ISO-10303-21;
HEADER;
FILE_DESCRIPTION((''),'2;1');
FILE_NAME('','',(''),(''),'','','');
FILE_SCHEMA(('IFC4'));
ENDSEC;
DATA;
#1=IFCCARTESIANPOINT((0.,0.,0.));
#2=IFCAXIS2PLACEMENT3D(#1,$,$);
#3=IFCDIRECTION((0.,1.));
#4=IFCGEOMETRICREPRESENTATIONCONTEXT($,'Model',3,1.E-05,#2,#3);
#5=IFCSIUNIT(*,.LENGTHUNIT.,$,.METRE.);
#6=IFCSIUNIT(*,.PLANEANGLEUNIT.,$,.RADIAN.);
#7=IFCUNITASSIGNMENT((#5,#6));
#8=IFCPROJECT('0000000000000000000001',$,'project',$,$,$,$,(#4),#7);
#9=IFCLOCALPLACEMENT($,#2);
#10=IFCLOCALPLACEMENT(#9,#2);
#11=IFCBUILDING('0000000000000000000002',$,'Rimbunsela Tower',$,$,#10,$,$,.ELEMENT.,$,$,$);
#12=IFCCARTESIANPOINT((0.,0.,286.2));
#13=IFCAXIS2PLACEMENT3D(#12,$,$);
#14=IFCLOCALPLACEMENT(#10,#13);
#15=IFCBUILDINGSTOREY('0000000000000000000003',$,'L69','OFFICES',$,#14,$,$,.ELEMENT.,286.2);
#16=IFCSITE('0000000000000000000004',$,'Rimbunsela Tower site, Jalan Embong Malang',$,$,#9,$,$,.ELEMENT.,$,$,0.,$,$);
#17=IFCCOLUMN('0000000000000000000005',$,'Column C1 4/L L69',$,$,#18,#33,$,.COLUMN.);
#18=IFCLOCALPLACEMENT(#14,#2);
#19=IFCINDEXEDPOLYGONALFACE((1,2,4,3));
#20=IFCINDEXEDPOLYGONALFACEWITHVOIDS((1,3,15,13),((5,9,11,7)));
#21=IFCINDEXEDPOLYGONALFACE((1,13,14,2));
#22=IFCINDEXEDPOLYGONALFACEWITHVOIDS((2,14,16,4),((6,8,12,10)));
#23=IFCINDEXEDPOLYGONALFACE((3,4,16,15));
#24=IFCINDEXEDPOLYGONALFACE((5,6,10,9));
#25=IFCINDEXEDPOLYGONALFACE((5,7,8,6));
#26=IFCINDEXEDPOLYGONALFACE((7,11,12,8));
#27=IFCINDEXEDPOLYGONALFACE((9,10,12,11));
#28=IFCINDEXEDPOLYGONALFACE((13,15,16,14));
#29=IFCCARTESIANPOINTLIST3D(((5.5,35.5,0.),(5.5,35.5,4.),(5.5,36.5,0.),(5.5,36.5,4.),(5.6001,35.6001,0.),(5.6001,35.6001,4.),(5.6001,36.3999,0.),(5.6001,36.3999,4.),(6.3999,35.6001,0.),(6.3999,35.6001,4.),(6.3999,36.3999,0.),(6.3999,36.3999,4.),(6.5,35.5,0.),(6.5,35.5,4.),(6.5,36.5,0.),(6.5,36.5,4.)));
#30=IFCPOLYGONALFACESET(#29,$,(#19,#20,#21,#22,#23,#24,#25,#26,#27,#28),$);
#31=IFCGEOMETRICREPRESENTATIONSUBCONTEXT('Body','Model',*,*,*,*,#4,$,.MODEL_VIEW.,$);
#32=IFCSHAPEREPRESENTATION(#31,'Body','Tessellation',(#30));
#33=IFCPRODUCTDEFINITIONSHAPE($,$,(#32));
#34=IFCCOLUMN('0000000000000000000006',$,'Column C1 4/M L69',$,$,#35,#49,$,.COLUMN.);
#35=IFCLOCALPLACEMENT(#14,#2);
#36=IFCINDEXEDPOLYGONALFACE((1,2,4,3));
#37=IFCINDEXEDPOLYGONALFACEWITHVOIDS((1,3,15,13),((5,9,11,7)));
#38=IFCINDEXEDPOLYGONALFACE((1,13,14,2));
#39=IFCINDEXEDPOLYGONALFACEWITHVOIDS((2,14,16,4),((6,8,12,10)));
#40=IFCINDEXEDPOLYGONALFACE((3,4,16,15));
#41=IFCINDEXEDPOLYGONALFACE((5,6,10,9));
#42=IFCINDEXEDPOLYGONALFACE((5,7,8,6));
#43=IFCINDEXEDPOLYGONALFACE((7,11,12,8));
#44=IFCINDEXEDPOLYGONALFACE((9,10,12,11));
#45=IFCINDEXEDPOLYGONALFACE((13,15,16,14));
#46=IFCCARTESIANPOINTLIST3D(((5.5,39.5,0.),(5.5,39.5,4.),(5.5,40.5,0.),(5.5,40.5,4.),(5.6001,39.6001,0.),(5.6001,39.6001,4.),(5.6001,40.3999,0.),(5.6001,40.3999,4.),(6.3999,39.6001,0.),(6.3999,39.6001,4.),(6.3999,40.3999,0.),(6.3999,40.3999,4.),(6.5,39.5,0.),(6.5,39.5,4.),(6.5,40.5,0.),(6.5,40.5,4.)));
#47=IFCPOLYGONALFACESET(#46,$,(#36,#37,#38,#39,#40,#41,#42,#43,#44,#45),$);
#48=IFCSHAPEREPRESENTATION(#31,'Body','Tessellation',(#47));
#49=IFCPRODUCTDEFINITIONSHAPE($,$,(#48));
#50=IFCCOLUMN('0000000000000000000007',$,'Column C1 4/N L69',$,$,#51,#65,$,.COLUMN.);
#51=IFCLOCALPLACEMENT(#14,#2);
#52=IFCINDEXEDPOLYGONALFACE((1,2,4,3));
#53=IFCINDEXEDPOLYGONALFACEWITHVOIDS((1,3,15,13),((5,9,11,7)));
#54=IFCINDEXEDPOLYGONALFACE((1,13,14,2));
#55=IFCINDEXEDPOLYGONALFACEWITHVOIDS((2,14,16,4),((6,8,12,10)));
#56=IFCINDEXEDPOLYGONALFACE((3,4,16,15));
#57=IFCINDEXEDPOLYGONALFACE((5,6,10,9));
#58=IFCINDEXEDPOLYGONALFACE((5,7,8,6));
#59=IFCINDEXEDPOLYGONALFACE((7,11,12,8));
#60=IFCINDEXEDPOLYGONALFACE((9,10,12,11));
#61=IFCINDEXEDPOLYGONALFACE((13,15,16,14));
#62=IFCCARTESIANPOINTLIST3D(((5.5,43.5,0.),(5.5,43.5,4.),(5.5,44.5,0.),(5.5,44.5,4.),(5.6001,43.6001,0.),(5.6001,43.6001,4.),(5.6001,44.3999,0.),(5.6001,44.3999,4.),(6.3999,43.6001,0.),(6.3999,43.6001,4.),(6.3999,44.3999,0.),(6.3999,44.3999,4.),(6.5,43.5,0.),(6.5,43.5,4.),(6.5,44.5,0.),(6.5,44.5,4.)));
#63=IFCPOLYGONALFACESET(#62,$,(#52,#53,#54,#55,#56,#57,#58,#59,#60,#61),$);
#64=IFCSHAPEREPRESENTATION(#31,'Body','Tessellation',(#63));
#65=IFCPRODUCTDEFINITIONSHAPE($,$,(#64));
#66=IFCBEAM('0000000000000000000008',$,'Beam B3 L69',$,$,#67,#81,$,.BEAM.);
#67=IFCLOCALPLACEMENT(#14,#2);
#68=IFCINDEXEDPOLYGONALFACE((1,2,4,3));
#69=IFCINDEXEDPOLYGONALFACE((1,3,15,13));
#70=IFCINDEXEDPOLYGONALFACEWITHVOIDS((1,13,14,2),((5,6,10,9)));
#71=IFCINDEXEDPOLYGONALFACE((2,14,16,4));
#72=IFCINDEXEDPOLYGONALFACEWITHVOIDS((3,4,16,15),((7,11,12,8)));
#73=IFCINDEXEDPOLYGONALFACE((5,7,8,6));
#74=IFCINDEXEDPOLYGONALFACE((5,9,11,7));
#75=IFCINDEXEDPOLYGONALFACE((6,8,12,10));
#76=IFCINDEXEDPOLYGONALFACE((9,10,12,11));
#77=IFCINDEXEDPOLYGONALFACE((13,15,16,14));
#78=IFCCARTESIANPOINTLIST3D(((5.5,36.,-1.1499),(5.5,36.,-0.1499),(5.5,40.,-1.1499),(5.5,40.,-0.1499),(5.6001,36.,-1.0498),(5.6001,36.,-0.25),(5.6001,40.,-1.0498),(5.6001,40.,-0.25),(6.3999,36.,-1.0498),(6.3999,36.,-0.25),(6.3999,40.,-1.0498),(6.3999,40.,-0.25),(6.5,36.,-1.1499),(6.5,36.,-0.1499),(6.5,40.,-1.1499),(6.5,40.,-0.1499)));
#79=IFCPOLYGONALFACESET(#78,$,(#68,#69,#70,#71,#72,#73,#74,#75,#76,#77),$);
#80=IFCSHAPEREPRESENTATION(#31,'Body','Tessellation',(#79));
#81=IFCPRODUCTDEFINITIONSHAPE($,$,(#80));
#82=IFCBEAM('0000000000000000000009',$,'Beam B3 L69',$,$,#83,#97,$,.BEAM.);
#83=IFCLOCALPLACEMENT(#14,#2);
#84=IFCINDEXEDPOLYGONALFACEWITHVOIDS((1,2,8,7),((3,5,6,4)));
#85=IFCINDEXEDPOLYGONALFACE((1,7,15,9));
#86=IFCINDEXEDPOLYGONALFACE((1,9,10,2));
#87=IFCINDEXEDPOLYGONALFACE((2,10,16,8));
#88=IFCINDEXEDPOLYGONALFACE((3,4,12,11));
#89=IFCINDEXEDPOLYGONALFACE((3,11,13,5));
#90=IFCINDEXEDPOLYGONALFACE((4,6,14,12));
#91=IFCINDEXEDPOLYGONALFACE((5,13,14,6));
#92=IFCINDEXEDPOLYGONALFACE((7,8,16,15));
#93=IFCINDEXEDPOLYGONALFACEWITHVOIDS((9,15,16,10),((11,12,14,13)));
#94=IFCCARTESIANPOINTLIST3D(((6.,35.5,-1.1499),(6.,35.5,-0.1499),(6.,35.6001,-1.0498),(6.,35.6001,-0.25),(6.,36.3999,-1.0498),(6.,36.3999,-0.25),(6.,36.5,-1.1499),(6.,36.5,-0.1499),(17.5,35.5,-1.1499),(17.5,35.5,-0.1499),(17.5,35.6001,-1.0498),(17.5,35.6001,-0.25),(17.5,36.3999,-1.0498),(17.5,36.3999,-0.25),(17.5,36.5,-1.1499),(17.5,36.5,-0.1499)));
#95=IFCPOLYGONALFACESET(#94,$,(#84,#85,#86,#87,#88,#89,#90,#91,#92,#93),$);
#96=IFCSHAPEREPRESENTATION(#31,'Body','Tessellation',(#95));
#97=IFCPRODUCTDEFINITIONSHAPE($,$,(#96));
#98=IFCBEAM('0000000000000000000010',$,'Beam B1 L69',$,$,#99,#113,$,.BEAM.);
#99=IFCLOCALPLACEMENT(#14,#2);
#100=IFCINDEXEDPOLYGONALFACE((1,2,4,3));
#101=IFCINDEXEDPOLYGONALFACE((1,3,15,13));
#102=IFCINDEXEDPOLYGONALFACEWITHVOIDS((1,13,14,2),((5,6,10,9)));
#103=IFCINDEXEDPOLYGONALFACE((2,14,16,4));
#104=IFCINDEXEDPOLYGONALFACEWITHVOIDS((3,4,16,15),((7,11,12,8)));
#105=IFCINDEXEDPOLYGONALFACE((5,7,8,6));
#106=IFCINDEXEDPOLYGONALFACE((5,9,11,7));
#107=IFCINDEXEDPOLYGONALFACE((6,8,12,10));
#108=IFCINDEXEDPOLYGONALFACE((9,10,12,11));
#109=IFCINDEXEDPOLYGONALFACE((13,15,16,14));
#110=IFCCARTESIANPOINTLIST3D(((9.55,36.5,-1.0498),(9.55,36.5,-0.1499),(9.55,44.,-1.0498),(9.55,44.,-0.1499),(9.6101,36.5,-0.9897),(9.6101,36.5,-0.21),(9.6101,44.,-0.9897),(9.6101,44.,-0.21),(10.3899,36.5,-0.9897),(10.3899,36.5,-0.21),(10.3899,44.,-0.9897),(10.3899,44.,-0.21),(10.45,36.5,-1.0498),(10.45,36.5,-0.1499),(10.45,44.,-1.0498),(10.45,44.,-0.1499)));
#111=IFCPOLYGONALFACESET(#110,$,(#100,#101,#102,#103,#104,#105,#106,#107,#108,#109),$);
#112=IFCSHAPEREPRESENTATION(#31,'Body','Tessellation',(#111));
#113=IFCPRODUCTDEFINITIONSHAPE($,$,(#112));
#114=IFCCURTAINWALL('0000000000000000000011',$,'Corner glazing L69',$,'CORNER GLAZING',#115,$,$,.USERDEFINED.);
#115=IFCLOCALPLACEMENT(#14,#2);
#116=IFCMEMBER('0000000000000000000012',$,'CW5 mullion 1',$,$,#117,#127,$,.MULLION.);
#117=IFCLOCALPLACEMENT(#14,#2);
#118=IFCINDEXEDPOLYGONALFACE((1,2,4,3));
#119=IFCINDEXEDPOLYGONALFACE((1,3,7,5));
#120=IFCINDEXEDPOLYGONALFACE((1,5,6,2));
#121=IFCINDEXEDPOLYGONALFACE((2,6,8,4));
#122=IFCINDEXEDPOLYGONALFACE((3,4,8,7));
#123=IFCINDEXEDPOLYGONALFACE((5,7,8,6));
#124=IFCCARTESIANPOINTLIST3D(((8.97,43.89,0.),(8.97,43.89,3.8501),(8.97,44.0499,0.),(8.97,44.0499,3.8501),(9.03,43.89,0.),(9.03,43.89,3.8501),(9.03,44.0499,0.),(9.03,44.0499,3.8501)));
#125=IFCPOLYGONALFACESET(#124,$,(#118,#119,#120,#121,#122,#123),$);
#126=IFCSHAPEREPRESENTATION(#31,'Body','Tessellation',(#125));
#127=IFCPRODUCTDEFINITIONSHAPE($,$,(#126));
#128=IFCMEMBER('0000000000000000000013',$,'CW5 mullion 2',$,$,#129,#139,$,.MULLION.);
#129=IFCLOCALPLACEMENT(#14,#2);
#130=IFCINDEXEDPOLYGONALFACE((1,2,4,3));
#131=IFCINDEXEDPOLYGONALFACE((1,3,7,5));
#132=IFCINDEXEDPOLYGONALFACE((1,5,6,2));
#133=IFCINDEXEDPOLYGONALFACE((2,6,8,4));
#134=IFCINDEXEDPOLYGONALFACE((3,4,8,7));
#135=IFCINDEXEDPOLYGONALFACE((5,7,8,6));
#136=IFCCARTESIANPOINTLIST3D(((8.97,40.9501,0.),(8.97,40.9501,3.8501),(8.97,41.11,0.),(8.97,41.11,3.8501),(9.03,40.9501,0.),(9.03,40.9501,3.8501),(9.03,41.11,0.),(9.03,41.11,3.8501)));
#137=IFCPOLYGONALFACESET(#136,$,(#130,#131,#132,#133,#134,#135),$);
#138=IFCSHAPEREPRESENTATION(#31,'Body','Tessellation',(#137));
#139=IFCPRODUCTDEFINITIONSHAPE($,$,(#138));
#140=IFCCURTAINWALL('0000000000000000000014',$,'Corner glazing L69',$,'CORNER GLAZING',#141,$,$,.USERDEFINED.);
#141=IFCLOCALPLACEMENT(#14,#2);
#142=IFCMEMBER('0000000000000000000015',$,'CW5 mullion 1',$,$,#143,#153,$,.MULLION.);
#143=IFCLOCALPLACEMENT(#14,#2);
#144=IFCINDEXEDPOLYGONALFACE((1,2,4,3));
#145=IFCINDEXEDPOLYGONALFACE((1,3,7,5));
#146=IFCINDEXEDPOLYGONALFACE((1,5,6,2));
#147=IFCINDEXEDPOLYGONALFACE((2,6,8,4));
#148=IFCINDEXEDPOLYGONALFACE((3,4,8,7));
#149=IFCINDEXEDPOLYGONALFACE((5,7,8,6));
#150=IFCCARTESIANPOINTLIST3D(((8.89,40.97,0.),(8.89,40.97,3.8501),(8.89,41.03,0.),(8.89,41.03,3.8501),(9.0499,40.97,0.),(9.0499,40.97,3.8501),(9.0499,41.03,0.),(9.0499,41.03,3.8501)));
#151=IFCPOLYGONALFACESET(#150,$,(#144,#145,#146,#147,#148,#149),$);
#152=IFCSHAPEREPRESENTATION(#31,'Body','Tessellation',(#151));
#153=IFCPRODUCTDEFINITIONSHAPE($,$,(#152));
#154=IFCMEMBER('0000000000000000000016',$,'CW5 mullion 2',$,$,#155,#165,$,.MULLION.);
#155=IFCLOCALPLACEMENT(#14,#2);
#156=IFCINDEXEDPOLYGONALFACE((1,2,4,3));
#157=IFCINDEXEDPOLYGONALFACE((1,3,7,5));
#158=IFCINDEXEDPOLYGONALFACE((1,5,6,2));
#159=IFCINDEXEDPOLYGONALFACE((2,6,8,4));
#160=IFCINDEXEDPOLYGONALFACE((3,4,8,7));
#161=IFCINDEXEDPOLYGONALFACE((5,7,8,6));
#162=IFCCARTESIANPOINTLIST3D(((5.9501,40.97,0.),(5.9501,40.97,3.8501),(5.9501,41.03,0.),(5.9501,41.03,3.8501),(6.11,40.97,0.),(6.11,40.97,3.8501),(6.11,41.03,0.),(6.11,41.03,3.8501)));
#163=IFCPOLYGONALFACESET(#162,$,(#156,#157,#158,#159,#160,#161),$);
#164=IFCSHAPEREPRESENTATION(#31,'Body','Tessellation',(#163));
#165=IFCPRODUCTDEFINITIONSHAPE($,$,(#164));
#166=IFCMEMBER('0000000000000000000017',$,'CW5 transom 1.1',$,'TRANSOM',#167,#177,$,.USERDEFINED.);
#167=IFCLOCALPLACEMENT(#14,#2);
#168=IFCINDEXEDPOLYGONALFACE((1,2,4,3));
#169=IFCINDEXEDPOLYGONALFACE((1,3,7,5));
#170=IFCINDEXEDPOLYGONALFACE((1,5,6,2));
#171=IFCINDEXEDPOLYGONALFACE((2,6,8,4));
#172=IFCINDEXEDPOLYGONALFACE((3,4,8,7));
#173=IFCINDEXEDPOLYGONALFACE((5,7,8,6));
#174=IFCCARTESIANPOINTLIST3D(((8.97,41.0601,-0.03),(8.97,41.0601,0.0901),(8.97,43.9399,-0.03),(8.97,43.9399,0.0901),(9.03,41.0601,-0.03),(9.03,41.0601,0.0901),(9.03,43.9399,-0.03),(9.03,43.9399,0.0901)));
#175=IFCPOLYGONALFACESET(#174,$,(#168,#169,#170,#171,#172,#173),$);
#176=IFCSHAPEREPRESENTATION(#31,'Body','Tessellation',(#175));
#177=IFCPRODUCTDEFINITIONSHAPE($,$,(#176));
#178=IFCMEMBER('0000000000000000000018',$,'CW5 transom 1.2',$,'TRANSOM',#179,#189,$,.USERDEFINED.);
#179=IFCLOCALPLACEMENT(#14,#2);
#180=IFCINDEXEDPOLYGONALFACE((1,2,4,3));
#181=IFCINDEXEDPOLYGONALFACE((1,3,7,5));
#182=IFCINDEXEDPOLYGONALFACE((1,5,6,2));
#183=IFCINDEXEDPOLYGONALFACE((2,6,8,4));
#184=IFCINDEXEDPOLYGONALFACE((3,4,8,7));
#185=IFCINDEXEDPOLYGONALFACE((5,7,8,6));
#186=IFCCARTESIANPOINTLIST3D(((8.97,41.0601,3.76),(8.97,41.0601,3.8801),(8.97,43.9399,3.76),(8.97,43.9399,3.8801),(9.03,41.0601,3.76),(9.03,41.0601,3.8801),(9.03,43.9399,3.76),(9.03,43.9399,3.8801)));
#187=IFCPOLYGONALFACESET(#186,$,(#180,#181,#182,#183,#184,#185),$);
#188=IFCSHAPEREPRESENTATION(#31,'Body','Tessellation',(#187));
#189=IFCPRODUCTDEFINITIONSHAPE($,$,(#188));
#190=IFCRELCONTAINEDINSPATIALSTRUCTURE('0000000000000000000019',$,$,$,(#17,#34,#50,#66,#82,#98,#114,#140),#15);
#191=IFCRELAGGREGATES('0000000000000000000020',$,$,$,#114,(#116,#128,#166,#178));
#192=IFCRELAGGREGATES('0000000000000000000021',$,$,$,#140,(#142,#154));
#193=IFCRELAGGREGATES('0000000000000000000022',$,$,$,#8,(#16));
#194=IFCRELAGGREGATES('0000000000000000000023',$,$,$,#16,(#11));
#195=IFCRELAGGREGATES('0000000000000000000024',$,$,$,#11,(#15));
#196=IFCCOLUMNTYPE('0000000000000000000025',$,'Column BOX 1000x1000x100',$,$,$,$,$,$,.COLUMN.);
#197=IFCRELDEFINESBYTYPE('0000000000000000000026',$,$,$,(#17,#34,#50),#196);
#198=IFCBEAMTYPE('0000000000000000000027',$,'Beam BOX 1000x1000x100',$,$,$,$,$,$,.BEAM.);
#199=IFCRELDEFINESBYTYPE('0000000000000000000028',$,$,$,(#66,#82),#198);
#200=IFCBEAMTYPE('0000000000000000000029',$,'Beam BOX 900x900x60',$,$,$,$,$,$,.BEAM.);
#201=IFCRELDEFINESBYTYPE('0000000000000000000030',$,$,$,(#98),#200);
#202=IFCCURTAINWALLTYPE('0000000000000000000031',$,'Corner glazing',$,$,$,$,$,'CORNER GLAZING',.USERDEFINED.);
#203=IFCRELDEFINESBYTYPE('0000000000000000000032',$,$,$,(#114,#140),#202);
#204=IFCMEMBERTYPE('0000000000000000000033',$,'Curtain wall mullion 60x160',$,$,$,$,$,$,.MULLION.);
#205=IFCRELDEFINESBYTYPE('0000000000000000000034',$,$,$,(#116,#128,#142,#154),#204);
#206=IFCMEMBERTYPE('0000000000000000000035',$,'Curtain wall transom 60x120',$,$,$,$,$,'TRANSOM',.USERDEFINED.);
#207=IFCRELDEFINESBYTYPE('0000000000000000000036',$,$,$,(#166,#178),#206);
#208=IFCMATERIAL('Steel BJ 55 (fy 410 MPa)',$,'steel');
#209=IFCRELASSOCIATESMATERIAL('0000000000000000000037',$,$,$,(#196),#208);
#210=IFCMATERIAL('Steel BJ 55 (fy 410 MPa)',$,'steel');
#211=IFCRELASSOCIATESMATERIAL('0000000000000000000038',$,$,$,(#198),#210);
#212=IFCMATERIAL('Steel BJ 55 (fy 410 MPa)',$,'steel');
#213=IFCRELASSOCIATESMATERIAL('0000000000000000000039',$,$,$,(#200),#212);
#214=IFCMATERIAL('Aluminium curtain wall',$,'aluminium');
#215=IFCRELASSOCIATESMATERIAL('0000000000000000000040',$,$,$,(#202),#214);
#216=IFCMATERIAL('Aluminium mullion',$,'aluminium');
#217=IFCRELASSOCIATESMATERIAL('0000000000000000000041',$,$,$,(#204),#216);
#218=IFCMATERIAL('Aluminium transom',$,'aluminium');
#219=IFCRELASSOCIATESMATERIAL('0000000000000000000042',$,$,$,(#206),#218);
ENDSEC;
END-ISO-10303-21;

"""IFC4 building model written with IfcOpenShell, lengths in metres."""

from ifc_helpers import new_model, si_unit, direction, frame, origin, origin_2d, place, context, subcontext, project, spatial, rectangle, hollow_rectangle, extrude, material, material_profile, profile_set, type_object, element, aggregate, save


model = new_model("IFC4")

# Units and contexts
model_context = context("Model", 3, precision=1e-05, world=origin(), true_north=direction((0.0, 1.0)))
body_context = subcontext(model_context, "Body", "Model", "MODEL_VIEW")
ifc_project = project(units=[si_unit("LENGTHUNIT", "METRE"), si_unit("PLANEANGLEUNIT", "RADIAN")], contexts=[model_context])

# Site, building, storey
site_placement = place(None, origin())
site = spatial("IfcSite", under=ifc_project, at=site_placement, Name="Rimbunsela Tower site, Jalan Embong Malang", CompositionType="ELEMENT", RefElevation=0.0)
building_placement = place(site_placement, origin())
building = spatial("IfcBuilding", under=site, at=building_placement, Name="Rimbunsela Tower", CompositionType="ELEMENT")
storey_placement = place(building_placement, frame((0.0, 0.0, 286.2)))
storey = spatial("IfcBuildingStorey", under=building, at=storey_placement, Name="L69", Description="OFFICES", CompositionType="ELEMENT", Elevation=286.2)

# Columns
ifc_material_1 = material(Name="Steel BJ 55 (fy 410 MPa)", Category="steel")
ifc_material_profile_1 = material_profile(ifc_material_1, hollow_rectangle(XDim=1.0, YDim=1.0, WallThickness=0.1001, at=origin_2d()), Name="BOX 1000x1000x100")
ifc_profile_set_1 = profile_set([ifc_material_profile_1], Name="Steel BJ 55 (fy 410 MPa)")
column_type = type_object("IfcColumnType", Name="Column BOX 1000x1000x100", PredefinedType="COLUMN", material=ifc_profile_set_1)
for number, where, z_axis, x_axis, name in (
    (1, (6.0, 36.0, 0.0), (0.0, 0.0, 1.0), (1.0, 0.0, 0.0), "Column C1 4/L L69"),
    (2, (6.0, 40.0, 0.0), (0.0, 0.0, 1.0), (1.0, 0.0, 0.0), "Column C1 4/M L69"),
    (3, (6.0, 44.0, 0.0), (0.0, 0.0, 1.0), (1.0, 0.0, 0.0), "Column C1 4/N L69"),
):
    element("IfcColumn", number, at=place(storey_placement, frame(where, z_axis=z_axis, x_axis=x_axis)), inside=storey, type_object=column_type, Name=name, PredefinedType="COLUMN", context=body_context, shape_type="SweptSolid", body=[
        extrude(hollow_rectangle(XDim=1.0, YDim=1.0, WallThickness=0.1001, at=origin_2d()), origin(), (0.0, 0.0, 1.0), 4.0),
    ])

# Beams
ifc_material_2 = material(Name="Steel BJ 55 (fy 410 MPa)", Category="steel")
ifc_material_profile_2 = material_profile(ifc_material_2, hollow_rectangle(XDim=1.0, YDim=1.0, WallThickness=0.1001, at=origin_2d()), Name="BOX 1000x1000x100")
ifc_profile_set_2 = profile_set([ifc_material_profile_2], Name="Steel BJ 55 (fy 410 MPa)")
beam_type_1 = type_object("IfcBeamType", Name="Beam BOX 1000x1000x100", PredefinedType="BEAM", material=ifc_profile_set_2)
beam_1_placement = place(storey_placement, frame((6.0, 36.0, -0.6499), z_axis=(0.0, 1.0, 0.0), x_axis=(-1.0, 0.0, 0.0)))
element("IfcBeam", 4, at=beam_1_placement, inside=storey, type_object=beam_type_1, Name="Beam B3 L69", PredefinedType="BEAM", context=body_context, shape_type="SweptSolid", body=[
    extrude(hollow_rectangle(XDim=1.0, YDim=1.0, WallThickness=0.1001, at=origin_2d()), origin(), (0.0, 0.0, 1.0), 4.0),
])
beam_2_placement = place(storey_placement, frame((6.0, 36.0, -0.6499), z_axis=(1.0, 0.0, 0.0), x_axis=(0.0, 1.0, 0.0)))
element("IfcBeam", 5, at=beam_2_placement, inside=storey, type_object=beam_type_1, Name="Beam B3 L69", PredefinedType="BEAM", context=body_context, shape_type="SweptSolid", body=[
    extrude(hollow_rectangle(XDim=1.0, YDim=1.0, WallThickness=0.1001, at=origin_2d()), origin(), (0.0, 0.0, 1.0), 11.5),
])
ifc_material_3 = material(Name="Steel BJ 55 (fy 410 MPa)", Category="steel")
ifc_material_profile_3 = material_profile(ifc_material_3, hollow_rectangle(XDim=0.8999, YDim=0.8999, WallThickness=0.0601, at=origin_2d()), Name="BOX 900x900x60")
ifc_profile_set_3 = profile_set([ifc_material_profile_3], Name="Steel BJ 55 (fy 410 MPa)")
beam_type_2 = type_object("IfcBeamType", Name="Beam BOX 900x900x60", PredefinedType="BEAM", material=ifc_profile_set_3)
beam_3_placement = place(storey_placement, frame((10.0, 36.5, -0.5999), z_axis=(0.0, 1.0, 0.0), x_axis=(-1.0, 0.0, 0.0)))
element("IfcBeam", 6, at=beam_3_placement, inside=storey, type_object=beam_type_2, Name="Beam B1 L69", PredefinedType="BEAM", context=body_context, shape_type="SweptSolid", body=[
    extrude(hollow_rectangle(XDim=0.8999, YDim=0.8999, WallThickness=0.0601, at=origin_2d()), origin(), (0.0, 0.0, 1.0), 7.5),
])

# Curtain walls, members
ifc_material_4 = material(Name="Aluminium curtain wall", Category="aluminium")
curtain_wall_type = type_object("IfcCurtainWallType", Name="Corner glazing", ElementType="CORNER GLAZING", PredefinedType="USERDEFINED", material=ifc_material_4)
curtain_wall_1_placement = place(storey_placement, origin())
curtain_wall_1 = element("IfcCurtainWall", 7, at=curtain_wall_1_placement, inside=storey, type_object=curtain_wall_type, Name="Corner glazing L69", ObjectType="CORNER GLAZING", PredefinedType="USERDEFINED")
ifc_material_5 = material(Name="Aluminium mullion", Category="aluminium")
ifc_material_profile_4 = material_profile(ifc_material_5, rectangle(XDim=0.0601, YDim=0.1599, at=origin_2d()), Name="Mullion 60x160")
ifc_profile_set_4 = profile_set([ifc_material_profile_4], Name="Aluminium mullion")
member_type_1 = type_object("IfcMemberType", Name="Curtain wall mullion 60x160", PredefinedType="MULLION", material=ifc_profile_set_4)
member_1_placement = place(storey_placement, frame((9.0, 43.97, 0.0), z_axis=(0.0, 0.0, 1.0), x_axis=(1.0, 0.0, 0.0)))
member_1 = element("IfcMember", 8, at=member_1_placement, type_object=member_type_1, Name="CW5 mullion 1", PredefinedType="MULLION", context=body_context, shape_type="SweptSolid", body=[
    extrude(rectangle(XDim=0.0601, YDim=0.1599, at=origin_2d()), origin(), (0.0, 0.0, 1.0), 3.8501),
])
member_2_placement = place(storey_placement, frame((9.0, 41.03, 0.0), z_axis=(0.0, 0.0, 1.0), x_axis=(1.0, 0.0, 0.0)))
member_2 = element("IfcMember", 9, at=member_2_placement, type_object=member_type_1, Name="CW5 mullion 2", PredefinedType="MULLION", context=body_context, shape_type="SweptSolid", body=[
    extrude(rectangle(XDim=0.0601, YDim=0.1599, at=origin_2d()), origin(), (0.0, 0.0, 1.0), 3.8501),
])
curtain_wall_2_placement = place(storey_placement, origin())
curtain_wall_2 = element("IfcCurtainWall", 10, at=curtain_wall_2_placement, inside=storey, type_object=curtain_wall_type, Name="Corner glazing L69", ObjectType="CORNER GLAZING", PredefinedType="USERDEFINED")
member_3_placement = place(storey_placement, frame((8.97, 41.0, 0.0), z_axis=(0.0, 0.0, 1.0), x_axis=(0.0, -1.0, 0.0)))
member_3 = element("IfcMember", 11, at=member_3_placement, type_object=member_type_1, Name="CW5 mullion 1", PredefinedType="MULLION", context=body_context, shape_type="SweptSolid", body=[
    extrude(rectangle(XDim=0.0601, YDim=0.1599, at=origin_2d()), origin(), (0.0, 0.0, 1.0), 3.8501),
])
member_4_placement = place(storey_placement, frame((6.03, 41.0, 0.0), z_axis=(0.0, 0.0, 1.0), x_axis=(0.0, -1.0, 0.0)))
member_4 = element("IfcMember", 12, at=member_4_placement, type_object=member_type_1, Name="CW5 mullion 2", PredefinedType="MULLION", context=body_context, shape_type="SweptSolid", body=[
    extrude(rectangle(XDim=0.0601, YDim=0.1599, at=origin_2d()), origin(), (0.0, 0.0, 1.0), 3.8501),
])

# Members
ifc_material_6 = material(Name="Aluminium transom", Category="aluminium")
ifc_material_profile_5 = material_profile(ifc_material_6, rectangle(XDim=0.0601, YDim=0.1201, at=origin_2d()), Name="Transom 60x120")
ifc_profile_set_5 = profile_set([ifc_material_profile_5], Name="Aluminium transom")
member_type_2 = type_object("IfcMemberType", Name="Curtain wall transom 60x120", ElementType="TRANSOM", PredefinedType="USERDEFINED", material=ifc_profile_set_5)
member_5_placement = place(storey_placement, frame((9.0, 43.9399, 0.03), z_axis=(0.0, -1.0, 0.0), x_axis=(1.0, 0.0, 0.0)))
member_5 = element("IfcMember", 13, at=member_5_placement, type_object=member_type_2, Name="CW5 transom 1.1", ObjectType="TRANSOM", PredefinedType="USERDEFINED", context=body_context, shape_type="SweptSolid", body=[
    extrude(rectangle(XDim=0.0601, YDim=0.1201, at=origin_2d()), origin(), (0.0, 0.0, 1.0), 2.8799),
])
member_6_placement = place(storey_placement, frame((9.0, 43.9399, 3.8201), z_axis=(0.0, -1.0, 0.0), x_axis=(1.0, 0.0, 0.0)))
member_6 = element("IfcMember", 14, at=member_6_placement, type_object=member_type_2, Name="CW5 transom 1.2", ObjectType="TRANSOM", PredefinedType="USERDEFINED", context=body_context, shape_type="SweptSolid", body=[
    extrude(rectangle(XDim=0.0601, YDim=0.1201, at=origin_2d()), origin(), (0.0, 0.0, 1.0), 2.8799),
])

aggregate(curtain_wall_1, [member_1, member_2, member_5, member_6])
aggregate(curtain_wall_2, [member_3, member_4])

save(model, "model.ifc")
